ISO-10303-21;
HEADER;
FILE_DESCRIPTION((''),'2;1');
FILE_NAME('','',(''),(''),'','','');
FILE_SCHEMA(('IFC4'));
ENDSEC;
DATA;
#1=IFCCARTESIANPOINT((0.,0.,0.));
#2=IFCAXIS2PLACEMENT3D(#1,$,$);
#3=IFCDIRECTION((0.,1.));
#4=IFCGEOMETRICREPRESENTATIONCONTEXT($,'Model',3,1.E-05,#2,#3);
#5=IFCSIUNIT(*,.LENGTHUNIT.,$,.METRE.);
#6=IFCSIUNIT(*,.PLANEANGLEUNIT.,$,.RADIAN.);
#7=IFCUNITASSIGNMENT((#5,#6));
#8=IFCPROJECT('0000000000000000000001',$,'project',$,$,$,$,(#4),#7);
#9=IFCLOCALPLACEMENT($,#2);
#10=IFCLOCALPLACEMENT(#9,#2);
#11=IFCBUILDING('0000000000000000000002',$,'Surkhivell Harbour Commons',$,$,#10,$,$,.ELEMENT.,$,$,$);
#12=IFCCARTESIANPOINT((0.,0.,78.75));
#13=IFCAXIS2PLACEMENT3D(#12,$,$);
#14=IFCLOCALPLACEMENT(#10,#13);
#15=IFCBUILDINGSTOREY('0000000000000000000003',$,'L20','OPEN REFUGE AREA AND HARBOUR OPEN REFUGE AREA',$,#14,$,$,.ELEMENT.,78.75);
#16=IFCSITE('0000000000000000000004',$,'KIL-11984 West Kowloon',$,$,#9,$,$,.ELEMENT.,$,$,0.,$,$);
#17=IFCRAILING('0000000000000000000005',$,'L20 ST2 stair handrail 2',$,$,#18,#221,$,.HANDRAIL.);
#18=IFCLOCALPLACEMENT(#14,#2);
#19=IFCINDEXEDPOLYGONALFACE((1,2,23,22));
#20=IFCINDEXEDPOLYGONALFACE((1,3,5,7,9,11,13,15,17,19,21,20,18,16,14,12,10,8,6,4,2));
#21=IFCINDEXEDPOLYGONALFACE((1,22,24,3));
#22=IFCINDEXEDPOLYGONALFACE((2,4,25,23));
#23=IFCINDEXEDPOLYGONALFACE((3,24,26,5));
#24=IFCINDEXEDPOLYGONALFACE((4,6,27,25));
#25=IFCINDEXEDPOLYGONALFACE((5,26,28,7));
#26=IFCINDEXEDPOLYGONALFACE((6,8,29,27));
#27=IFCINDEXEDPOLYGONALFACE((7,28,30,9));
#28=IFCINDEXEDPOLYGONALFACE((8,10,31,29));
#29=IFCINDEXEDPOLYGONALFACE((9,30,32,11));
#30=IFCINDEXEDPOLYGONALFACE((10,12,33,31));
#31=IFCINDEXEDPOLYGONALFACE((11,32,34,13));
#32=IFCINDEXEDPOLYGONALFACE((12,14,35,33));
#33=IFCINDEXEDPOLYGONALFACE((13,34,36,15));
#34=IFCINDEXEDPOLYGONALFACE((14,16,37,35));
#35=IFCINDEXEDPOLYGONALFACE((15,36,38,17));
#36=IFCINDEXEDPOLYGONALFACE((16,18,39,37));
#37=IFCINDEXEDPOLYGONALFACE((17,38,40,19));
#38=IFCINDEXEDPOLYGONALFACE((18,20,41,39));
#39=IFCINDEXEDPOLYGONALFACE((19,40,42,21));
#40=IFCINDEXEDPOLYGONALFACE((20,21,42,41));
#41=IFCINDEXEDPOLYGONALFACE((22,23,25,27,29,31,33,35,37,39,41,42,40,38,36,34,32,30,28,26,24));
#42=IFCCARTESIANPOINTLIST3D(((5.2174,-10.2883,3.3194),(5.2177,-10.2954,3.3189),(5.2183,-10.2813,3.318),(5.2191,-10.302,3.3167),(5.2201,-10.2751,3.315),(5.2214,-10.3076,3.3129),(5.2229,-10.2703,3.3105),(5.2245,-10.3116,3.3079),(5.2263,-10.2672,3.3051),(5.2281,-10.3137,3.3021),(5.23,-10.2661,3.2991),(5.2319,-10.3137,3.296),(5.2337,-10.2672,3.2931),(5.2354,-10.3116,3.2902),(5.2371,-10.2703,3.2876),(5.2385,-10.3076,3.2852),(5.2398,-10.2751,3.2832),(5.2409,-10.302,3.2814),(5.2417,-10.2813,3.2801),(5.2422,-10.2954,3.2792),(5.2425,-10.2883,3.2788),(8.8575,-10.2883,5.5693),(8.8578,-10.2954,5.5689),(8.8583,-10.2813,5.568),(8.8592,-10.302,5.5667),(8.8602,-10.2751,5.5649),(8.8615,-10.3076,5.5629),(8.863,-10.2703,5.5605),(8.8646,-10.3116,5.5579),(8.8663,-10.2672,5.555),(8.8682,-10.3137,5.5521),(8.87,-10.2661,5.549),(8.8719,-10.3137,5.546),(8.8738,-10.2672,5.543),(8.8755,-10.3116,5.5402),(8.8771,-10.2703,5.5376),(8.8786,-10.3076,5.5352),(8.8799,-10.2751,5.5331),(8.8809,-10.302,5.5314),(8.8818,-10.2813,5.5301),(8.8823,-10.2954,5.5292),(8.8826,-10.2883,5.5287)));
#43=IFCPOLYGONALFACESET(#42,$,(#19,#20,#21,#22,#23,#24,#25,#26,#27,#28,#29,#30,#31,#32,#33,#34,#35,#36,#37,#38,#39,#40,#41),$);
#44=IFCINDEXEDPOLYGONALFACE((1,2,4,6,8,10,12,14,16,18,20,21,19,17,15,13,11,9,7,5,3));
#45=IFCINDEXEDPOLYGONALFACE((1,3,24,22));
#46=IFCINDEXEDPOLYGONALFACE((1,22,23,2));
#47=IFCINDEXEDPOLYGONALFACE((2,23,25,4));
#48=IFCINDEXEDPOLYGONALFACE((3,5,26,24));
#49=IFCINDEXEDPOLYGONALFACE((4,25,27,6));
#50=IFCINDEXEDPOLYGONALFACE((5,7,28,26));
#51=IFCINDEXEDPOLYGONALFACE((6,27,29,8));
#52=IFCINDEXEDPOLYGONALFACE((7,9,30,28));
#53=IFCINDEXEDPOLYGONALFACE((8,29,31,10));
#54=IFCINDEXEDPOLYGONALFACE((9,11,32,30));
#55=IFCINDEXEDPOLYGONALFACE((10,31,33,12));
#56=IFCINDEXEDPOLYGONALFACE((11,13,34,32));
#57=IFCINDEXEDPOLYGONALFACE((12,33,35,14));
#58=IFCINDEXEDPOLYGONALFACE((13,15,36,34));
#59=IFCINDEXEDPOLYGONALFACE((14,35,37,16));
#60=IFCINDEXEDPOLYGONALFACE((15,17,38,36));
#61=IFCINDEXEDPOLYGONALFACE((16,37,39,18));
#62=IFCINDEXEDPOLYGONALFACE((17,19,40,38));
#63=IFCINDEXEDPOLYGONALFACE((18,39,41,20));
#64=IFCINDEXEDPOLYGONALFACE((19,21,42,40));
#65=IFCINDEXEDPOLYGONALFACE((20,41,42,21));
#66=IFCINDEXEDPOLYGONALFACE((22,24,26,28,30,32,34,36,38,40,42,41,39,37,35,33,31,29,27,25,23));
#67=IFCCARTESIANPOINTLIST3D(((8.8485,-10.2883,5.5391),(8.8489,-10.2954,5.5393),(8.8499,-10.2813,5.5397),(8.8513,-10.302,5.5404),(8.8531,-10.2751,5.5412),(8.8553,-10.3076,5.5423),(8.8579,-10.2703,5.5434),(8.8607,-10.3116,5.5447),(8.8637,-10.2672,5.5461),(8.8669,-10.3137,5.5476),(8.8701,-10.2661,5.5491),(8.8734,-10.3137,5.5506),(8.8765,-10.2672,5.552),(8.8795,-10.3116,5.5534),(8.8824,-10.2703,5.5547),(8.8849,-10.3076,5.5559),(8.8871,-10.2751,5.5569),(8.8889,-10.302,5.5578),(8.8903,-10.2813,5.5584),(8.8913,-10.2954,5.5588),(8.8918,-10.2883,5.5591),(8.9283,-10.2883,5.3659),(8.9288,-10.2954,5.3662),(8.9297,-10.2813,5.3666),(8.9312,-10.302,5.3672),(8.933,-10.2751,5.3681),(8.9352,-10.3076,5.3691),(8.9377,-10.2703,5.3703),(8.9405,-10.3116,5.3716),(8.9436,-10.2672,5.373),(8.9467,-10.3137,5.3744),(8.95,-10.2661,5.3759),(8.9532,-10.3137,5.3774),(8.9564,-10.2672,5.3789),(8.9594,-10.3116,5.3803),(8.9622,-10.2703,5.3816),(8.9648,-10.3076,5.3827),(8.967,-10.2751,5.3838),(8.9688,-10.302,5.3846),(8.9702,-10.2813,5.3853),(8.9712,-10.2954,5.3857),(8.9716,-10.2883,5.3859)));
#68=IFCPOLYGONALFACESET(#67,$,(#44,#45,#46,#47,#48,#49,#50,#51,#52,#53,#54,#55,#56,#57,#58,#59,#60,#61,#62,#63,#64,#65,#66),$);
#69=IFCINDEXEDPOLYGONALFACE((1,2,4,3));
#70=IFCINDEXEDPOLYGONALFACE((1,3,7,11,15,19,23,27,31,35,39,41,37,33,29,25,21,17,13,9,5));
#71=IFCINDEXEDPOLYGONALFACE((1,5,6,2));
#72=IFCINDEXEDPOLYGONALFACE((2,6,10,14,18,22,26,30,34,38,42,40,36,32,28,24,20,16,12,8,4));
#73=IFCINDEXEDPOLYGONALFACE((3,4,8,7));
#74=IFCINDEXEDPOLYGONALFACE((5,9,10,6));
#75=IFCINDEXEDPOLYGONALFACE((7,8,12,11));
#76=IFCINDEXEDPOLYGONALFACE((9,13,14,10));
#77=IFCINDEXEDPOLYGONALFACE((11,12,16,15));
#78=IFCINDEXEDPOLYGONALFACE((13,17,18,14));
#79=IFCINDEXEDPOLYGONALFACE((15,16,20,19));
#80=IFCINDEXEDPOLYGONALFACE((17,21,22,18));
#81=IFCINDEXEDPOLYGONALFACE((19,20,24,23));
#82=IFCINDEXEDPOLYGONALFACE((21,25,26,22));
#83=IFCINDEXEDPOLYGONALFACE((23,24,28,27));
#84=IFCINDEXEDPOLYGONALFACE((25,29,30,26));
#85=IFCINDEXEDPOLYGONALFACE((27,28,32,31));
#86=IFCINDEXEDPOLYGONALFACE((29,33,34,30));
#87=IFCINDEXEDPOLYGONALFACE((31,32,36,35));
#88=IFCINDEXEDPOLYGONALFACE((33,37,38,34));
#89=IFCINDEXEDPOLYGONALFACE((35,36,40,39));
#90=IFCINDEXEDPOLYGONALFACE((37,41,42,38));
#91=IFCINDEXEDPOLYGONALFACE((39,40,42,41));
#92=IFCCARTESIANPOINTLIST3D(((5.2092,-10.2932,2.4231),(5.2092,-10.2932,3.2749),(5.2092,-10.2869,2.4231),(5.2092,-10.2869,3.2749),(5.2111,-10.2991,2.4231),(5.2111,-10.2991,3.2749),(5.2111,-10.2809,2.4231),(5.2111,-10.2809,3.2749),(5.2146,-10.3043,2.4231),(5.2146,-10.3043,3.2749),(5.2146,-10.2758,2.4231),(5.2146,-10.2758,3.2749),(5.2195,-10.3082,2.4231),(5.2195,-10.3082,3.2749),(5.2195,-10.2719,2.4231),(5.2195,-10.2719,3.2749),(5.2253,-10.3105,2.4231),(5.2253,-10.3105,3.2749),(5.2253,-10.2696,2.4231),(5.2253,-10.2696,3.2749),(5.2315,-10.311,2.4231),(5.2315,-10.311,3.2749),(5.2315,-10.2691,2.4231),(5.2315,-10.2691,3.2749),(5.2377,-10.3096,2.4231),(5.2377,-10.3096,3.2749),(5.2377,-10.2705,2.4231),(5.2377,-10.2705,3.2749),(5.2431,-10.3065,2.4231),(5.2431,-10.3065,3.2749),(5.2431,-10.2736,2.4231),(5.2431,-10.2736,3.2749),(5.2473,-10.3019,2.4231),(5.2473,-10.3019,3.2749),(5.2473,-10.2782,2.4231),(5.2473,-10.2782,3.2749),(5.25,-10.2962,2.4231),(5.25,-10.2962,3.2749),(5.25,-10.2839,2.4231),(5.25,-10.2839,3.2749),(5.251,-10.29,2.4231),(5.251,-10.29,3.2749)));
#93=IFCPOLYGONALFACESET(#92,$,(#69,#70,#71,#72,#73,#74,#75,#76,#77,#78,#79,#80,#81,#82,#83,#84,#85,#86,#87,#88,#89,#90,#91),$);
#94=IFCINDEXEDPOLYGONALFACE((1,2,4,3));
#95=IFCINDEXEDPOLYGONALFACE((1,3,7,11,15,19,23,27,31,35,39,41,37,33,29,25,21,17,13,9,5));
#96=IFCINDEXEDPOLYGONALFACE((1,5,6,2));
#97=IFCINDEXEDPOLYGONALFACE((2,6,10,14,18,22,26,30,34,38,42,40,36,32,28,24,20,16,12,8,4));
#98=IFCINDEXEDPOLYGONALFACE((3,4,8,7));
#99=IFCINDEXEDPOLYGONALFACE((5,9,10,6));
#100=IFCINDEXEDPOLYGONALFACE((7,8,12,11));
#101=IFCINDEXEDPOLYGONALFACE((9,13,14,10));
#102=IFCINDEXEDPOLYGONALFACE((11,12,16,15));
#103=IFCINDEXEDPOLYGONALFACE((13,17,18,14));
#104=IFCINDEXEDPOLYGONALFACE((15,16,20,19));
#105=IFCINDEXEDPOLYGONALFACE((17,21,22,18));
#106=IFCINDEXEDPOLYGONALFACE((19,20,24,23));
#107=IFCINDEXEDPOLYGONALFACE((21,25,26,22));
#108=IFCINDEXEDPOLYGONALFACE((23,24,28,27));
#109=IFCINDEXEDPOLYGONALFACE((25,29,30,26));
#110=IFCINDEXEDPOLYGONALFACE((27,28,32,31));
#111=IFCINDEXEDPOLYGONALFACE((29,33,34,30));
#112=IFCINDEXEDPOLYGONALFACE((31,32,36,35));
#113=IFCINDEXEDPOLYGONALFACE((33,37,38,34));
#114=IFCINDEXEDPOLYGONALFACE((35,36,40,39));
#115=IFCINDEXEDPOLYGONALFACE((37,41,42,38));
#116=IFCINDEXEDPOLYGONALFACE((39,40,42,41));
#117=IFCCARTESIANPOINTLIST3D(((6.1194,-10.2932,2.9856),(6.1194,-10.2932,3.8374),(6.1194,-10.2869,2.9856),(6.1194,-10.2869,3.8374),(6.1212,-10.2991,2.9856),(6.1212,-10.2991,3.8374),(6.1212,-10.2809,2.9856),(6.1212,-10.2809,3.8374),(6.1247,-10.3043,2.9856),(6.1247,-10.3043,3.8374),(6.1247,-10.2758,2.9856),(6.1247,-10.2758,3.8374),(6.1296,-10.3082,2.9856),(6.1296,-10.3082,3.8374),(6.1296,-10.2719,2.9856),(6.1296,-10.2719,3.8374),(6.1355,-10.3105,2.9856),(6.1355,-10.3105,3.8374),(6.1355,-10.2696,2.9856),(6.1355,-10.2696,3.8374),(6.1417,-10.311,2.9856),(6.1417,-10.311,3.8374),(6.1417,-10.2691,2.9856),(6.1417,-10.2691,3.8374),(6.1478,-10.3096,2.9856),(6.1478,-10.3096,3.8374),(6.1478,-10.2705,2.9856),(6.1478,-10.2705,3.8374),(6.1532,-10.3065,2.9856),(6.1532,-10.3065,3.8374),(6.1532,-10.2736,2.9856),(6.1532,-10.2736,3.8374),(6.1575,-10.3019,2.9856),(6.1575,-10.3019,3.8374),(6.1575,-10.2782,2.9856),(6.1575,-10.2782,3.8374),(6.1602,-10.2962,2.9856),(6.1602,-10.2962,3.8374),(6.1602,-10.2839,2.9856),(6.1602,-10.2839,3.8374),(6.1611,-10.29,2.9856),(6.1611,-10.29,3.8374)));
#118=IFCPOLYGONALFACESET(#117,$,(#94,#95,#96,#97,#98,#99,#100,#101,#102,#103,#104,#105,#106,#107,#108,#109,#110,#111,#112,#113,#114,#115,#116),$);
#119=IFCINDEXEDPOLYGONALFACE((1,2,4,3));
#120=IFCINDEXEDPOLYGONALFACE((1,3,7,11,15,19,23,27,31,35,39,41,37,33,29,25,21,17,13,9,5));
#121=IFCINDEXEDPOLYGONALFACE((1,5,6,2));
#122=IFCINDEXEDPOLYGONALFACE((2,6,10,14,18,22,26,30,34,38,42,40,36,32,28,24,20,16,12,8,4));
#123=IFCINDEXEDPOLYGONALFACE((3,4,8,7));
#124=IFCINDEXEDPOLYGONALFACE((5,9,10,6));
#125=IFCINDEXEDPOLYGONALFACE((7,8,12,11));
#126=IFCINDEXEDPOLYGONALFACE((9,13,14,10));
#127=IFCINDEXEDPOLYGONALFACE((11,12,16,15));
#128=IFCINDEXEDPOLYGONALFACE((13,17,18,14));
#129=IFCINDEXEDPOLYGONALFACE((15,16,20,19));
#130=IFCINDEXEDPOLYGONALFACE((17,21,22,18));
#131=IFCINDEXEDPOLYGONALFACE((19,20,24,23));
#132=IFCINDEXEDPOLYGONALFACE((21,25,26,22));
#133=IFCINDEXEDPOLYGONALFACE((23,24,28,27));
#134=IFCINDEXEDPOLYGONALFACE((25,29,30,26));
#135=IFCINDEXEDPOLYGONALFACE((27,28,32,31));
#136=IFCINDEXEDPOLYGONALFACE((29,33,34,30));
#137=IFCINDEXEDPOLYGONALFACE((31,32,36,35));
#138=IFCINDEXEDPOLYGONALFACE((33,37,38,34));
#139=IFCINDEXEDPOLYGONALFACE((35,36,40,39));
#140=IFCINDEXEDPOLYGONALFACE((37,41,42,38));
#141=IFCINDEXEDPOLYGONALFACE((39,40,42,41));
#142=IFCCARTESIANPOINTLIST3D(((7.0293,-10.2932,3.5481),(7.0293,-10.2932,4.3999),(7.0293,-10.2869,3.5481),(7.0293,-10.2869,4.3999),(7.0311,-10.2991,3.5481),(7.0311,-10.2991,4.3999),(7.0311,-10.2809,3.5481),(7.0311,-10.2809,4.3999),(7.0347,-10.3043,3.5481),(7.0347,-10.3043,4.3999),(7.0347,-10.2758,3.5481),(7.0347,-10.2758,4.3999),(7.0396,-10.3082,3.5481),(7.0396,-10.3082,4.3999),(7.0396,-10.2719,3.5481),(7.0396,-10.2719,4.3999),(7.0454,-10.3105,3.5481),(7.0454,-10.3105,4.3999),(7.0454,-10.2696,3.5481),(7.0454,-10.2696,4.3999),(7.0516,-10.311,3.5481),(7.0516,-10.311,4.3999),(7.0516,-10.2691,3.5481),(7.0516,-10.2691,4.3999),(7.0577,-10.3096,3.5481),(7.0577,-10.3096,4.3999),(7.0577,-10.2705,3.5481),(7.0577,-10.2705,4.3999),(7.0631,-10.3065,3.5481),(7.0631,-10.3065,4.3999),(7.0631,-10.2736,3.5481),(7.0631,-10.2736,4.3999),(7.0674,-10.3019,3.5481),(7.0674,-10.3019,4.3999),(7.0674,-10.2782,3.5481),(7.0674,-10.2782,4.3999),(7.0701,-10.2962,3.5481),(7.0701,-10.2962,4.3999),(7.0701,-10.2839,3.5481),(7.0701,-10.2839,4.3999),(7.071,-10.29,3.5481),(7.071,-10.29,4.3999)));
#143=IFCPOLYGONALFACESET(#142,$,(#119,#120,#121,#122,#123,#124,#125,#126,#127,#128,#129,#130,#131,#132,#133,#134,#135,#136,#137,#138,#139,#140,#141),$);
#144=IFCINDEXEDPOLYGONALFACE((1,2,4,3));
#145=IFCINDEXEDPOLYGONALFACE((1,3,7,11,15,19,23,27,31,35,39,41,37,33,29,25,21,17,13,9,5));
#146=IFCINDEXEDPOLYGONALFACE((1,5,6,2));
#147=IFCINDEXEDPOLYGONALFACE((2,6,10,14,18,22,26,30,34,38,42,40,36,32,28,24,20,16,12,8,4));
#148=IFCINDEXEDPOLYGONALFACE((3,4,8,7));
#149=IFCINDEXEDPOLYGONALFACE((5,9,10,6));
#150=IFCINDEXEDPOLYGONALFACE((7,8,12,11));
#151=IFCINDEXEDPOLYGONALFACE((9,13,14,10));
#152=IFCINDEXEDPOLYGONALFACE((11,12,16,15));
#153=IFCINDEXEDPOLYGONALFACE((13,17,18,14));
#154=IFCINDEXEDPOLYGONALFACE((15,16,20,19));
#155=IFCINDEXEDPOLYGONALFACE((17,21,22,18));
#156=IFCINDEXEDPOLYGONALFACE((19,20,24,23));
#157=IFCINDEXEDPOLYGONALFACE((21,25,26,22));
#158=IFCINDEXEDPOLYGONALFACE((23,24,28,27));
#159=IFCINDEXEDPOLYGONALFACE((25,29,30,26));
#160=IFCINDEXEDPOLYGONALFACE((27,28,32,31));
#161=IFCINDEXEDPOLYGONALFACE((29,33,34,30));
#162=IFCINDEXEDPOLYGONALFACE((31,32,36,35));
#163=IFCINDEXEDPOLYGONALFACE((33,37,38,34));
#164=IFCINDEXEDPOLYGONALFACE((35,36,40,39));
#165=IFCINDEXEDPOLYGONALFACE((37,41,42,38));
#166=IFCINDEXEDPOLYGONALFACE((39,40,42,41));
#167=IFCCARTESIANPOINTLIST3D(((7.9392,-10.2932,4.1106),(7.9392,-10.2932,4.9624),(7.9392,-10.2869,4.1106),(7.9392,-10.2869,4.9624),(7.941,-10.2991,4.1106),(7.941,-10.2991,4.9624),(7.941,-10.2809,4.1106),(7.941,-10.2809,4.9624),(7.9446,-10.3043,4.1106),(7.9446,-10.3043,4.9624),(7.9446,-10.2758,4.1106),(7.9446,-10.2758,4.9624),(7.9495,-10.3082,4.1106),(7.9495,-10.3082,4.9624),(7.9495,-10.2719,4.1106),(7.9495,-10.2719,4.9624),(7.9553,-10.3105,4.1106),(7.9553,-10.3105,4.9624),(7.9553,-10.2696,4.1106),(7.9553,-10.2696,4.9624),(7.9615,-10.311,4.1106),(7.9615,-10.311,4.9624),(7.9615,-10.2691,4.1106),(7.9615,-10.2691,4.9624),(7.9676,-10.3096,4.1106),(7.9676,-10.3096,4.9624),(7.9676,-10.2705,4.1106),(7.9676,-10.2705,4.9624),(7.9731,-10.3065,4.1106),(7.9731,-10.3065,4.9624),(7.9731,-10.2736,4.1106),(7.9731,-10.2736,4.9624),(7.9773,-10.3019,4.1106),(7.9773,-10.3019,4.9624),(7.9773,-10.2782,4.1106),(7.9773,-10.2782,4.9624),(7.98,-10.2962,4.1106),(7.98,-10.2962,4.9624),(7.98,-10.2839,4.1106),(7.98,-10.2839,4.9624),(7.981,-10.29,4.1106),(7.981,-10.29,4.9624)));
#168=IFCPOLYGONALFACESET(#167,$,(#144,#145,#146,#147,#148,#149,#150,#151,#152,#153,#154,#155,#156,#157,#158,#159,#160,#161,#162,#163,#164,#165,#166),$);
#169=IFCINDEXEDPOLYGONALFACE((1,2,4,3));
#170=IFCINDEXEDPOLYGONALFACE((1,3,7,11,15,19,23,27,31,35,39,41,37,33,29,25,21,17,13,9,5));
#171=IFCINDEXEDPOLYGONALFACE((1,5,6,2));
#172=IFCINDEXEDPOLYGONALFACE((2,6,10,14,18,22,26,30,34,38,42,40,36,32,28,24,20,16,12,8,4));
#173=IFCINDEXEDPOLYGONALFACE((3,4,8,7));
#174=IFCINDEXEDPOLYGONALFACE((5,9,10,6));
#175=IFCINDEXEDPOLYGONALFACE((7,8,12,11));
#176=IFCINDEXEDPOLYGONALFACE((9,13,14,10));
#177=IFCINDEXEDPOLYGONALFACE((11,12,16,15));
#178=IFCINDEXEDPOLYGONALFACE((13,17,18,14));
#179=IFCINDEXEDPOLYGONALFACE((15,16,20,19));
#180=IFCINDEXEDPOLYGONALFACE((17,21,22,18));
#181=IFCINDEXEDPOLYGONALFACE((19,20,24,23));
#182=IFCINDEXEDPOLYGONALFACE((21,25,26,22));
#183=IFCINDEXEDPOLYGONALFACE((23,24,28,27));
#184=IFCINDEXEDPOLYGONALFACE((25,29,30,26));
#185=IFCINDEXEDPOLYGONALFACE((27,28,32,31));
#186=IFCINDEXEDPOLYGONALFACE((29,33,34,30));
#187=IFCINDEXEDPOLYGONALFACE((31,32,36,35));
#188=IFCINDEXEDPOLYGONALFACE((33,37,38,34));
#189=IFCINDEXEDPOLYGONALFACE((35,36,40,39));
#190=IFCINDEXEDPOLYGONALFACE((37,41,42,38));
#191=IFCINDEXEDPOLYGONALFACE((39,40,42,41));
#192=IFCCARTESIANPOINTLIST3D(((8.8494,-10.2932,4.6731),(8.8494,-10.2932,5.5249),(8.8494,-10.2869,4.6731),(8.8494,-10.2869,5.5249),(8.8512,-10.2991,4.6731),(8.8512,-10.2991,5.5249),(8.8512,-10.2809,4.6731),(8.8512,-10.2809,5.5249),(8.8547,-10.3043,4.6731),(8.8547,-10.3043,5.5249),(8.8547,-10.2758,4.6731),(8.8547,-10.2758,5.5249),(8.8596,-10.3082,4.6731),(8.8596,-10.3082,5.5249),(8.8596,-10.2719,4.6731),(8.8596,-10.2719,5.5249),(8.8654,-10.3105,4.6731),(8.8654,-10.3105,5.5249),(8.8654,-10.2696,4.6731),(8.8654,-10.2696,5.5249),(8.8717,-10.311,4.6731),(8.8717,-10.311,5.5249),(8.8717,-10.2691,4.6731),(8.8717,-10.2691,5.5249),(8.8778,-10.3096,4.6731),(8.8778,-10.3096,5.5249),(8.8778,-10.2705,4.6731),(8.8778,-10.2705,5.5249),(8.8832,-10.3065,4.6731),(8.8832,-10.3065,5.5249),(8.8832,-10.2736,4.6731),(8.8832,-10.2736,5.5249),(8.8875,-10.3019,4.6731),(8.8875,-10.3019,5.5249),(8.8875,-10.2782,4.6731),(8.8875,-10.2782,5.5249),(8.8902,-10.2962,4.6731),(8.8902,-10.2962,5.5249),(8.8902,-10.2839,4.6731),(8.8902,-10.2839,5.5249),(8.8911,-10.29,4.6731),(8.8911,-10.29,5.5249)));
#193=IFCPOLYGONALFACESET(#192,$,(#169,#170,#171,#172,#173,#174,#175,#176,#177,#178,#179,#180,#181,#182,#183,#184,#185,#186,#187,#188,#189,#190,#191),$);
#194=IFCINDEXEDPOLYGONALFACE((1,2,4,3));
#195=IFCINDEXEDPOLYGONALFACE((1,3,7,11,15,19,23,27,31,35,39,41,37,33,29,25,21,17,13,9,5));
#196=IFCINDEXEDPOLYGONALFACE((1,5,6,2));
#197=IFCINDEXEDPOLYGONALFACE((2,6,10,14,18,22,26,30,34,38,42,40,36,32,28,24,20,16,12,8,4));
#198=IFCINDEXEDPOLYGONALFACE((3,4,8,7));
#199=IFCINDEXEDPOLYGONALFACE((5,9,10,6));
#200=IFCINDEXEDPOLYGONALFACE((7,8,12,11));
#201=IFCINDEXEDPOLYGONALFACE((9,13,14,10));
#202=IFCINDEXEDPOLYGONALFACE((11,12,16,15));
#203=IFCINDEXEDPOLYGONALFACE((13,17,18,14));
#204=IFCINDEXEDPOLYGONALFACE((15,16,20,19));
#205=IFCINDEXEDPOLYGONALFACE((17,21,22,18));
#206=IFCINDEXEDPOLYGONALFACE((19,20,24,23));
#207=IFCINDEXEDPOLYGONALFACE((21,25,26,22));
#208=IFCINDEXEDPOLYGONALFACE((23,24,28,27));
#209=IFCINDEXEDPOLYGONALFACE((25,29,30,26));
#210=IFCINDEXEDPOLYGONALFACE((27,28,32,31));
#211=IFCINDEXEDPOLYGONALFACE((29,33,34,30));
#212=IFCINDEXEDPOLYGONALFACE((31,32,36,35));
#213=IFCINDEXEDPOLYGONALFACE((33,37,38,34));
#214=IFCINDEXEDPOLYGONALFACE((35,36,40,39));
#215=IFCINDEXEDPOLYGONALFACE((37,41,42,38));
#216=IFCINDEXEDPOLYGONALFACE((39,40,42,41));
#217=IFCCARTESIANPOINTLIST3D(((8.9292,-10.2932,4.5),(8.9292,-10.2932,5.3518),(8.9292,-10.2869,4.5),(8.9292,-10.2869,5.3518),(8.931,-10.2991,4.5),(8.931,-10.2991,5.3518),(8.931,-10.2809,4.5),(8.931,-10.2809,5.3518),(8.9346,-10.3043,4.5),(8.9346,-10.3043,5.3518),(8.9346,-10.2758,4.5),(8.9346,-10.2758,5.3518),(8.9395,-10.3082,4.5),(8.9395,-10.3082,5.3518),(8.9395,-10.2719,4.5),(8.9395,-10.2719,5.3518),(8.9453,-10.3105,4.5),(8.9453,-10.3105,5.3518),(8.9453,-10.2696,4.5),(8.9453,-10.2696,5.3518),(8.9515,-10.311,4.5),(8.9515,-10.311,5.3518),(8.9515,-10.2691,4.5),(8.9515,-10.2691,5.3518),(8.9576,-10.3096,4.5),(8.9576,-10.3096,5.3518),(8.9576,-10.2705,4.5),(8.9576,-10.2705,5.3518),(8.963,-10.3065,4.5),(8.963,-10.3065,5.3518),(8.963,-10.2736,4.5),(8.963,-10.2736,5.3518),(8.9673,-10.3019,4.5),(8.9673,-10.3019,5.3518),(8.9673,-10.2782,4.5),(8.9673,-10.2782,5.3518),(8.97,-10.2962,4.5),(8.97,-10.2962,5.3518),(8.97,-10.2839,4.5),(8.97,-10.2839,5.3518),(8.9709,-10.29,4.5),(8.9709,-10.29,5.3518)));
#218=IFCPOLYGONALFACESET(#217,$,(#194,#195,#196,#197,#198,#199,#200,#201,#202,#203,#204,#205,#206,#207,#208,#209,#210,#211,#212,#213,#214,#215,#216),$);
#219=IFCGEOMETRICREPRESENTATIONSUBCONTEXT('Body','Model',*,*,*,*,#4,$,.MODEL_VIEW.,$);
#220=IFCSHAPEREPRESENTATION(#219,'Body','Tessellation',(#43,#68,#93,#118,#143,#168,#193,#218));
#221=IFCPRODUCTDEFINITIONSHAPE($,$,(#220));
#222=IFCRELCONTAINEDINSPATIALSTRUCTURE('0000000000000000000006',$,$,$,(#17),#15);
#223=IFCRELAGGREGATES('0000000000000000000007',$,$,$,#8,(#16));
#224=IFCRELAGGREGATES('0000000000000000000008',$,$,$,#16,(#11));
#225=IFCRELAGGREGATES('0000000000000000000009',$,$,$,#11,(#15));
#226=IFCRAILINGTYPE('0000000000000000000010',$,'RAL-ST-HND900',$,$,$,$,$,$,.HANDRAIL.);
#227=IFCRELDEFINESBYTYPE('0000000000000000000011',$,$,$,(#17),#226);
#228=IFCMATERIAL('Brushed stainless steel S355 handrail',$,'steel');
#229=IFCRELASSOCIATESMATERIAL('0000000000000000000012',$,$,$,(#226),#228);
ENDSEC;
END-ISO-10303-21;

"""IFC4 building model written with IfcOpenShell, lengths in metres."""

from ifc_helpers import new_model, si_unit, direction, frame, origin, origin_2d, place, context, subcontext, project, spatial, circle, extrude, material, type_object, element, save


model = new_model("IFC4")

# Units and contexts
model_context = context("Model", 3, precision=1e-05, world=origin(), true_north=direction((0.0, 1.0)))
body_context = subcontext(model_context, "Body", "Model", "MODEL_VIEW")
ifc_project = project(units=[si_unit("LENGTHUNIT", "METRE"), si_unit("PLANEANGLEUNIT", "RADIAN")], contexts=[model_context])

# Site, building, storey
site_placement = place(None, origin())
site = spatial("IfcSite", under=ifc_project, at=site_placement, Name="KIL-11984 West Kowloon", CompositionType="ELEMENT", RefElevation=0.0)
building_placement = place(site_placement, origin())
building = spatial("IfcBuilding", under=site, at=building_placement, Name="Surkhivell Harbour Commons", CompositionType="ELEMENT")
storey_placement = place(building_placement, frame((0.0, 0.0, 78.75)))
storey = spatial("IfcBuildingStorey", under=building, at=storey_placement, Name="L20", Description="OPEN REFUGE AREA AND HARBOUR OPEN REFUGE AREA", CompositionType="ELEMENT", Elevation=78.75)

# Railing
ifc_material_1 = material(Name="Brushed stainless steel S355 handrail", Category="steel")
railing_type_1 = type_object("IfcRailingType", Name="RAL-ST-HND900", PredefinedType="HANDRAIL", material=ifc_material_1)
railing_1_placement = place(storey_placement, frame((5.23, -10.29, 2.4231)))
element("IfcRailing", 1, at=railing_1_placement, inside=storey, type_object=railing_type_1, Name="L20 ST2 stair handrail 2", PredefinedType="HANDRAIL", context=body_context, shape_type="SweptSolid", body=[
    extrude(circle(Radius=0.0239, at=origin_2d()), frame((0.0, 0.0, 0.876), z_axis=(0.850622, 0.0, 0.525777), x_axis=(0.0, 1.0, 0.0)), (0.0, 0.0, 1.0), 4.2793),
    extrude(circle(Radius=0.0239, at=origin_2d()), frame((3.6401, 0.0, 3.126), z_axis=(0.418815, 0.0, -0.908072), x_axis=(0.0, 1.0, 0.0)), (0.0, 0.0, 1.0), 0.1907),
    extrude(circle(Radius=0.021, at=origin_2d()), origin(), (0.0, 0.0, 1.0), 0.8518),
    extrude(circle(Radius=0.021, at=origin_2d()), frame((0.9102, 0.0, 0.5625)), (0.0, 0.0, 1.0), 0.8518),
    extrude(circle(Radius=0.021, at=origin_2d()), frame((1.8201, 0.0, 1.125)), (0.0, 0.0, 1.0), 0.8518),
    extrude(circle(Radius=0.021, at=origin_2d()), frame((2.73, 0.0, 1.6875)), (0.0, 0.0, 1.0), 0.8518),
    extrude(circle(Radius=0.021, at=origin_2d()), frame((3.6401, 0.0, 2.25)), (0.0, 0.0, 1.0), 0.8518),
    extrude(circle(Radius=0.021, at=origin_2d()), frame((3.72, 0.0, 2.0769)), (0.0, 0.0, 1.0), 0.8518),
])

save(model, "model.ifc")
